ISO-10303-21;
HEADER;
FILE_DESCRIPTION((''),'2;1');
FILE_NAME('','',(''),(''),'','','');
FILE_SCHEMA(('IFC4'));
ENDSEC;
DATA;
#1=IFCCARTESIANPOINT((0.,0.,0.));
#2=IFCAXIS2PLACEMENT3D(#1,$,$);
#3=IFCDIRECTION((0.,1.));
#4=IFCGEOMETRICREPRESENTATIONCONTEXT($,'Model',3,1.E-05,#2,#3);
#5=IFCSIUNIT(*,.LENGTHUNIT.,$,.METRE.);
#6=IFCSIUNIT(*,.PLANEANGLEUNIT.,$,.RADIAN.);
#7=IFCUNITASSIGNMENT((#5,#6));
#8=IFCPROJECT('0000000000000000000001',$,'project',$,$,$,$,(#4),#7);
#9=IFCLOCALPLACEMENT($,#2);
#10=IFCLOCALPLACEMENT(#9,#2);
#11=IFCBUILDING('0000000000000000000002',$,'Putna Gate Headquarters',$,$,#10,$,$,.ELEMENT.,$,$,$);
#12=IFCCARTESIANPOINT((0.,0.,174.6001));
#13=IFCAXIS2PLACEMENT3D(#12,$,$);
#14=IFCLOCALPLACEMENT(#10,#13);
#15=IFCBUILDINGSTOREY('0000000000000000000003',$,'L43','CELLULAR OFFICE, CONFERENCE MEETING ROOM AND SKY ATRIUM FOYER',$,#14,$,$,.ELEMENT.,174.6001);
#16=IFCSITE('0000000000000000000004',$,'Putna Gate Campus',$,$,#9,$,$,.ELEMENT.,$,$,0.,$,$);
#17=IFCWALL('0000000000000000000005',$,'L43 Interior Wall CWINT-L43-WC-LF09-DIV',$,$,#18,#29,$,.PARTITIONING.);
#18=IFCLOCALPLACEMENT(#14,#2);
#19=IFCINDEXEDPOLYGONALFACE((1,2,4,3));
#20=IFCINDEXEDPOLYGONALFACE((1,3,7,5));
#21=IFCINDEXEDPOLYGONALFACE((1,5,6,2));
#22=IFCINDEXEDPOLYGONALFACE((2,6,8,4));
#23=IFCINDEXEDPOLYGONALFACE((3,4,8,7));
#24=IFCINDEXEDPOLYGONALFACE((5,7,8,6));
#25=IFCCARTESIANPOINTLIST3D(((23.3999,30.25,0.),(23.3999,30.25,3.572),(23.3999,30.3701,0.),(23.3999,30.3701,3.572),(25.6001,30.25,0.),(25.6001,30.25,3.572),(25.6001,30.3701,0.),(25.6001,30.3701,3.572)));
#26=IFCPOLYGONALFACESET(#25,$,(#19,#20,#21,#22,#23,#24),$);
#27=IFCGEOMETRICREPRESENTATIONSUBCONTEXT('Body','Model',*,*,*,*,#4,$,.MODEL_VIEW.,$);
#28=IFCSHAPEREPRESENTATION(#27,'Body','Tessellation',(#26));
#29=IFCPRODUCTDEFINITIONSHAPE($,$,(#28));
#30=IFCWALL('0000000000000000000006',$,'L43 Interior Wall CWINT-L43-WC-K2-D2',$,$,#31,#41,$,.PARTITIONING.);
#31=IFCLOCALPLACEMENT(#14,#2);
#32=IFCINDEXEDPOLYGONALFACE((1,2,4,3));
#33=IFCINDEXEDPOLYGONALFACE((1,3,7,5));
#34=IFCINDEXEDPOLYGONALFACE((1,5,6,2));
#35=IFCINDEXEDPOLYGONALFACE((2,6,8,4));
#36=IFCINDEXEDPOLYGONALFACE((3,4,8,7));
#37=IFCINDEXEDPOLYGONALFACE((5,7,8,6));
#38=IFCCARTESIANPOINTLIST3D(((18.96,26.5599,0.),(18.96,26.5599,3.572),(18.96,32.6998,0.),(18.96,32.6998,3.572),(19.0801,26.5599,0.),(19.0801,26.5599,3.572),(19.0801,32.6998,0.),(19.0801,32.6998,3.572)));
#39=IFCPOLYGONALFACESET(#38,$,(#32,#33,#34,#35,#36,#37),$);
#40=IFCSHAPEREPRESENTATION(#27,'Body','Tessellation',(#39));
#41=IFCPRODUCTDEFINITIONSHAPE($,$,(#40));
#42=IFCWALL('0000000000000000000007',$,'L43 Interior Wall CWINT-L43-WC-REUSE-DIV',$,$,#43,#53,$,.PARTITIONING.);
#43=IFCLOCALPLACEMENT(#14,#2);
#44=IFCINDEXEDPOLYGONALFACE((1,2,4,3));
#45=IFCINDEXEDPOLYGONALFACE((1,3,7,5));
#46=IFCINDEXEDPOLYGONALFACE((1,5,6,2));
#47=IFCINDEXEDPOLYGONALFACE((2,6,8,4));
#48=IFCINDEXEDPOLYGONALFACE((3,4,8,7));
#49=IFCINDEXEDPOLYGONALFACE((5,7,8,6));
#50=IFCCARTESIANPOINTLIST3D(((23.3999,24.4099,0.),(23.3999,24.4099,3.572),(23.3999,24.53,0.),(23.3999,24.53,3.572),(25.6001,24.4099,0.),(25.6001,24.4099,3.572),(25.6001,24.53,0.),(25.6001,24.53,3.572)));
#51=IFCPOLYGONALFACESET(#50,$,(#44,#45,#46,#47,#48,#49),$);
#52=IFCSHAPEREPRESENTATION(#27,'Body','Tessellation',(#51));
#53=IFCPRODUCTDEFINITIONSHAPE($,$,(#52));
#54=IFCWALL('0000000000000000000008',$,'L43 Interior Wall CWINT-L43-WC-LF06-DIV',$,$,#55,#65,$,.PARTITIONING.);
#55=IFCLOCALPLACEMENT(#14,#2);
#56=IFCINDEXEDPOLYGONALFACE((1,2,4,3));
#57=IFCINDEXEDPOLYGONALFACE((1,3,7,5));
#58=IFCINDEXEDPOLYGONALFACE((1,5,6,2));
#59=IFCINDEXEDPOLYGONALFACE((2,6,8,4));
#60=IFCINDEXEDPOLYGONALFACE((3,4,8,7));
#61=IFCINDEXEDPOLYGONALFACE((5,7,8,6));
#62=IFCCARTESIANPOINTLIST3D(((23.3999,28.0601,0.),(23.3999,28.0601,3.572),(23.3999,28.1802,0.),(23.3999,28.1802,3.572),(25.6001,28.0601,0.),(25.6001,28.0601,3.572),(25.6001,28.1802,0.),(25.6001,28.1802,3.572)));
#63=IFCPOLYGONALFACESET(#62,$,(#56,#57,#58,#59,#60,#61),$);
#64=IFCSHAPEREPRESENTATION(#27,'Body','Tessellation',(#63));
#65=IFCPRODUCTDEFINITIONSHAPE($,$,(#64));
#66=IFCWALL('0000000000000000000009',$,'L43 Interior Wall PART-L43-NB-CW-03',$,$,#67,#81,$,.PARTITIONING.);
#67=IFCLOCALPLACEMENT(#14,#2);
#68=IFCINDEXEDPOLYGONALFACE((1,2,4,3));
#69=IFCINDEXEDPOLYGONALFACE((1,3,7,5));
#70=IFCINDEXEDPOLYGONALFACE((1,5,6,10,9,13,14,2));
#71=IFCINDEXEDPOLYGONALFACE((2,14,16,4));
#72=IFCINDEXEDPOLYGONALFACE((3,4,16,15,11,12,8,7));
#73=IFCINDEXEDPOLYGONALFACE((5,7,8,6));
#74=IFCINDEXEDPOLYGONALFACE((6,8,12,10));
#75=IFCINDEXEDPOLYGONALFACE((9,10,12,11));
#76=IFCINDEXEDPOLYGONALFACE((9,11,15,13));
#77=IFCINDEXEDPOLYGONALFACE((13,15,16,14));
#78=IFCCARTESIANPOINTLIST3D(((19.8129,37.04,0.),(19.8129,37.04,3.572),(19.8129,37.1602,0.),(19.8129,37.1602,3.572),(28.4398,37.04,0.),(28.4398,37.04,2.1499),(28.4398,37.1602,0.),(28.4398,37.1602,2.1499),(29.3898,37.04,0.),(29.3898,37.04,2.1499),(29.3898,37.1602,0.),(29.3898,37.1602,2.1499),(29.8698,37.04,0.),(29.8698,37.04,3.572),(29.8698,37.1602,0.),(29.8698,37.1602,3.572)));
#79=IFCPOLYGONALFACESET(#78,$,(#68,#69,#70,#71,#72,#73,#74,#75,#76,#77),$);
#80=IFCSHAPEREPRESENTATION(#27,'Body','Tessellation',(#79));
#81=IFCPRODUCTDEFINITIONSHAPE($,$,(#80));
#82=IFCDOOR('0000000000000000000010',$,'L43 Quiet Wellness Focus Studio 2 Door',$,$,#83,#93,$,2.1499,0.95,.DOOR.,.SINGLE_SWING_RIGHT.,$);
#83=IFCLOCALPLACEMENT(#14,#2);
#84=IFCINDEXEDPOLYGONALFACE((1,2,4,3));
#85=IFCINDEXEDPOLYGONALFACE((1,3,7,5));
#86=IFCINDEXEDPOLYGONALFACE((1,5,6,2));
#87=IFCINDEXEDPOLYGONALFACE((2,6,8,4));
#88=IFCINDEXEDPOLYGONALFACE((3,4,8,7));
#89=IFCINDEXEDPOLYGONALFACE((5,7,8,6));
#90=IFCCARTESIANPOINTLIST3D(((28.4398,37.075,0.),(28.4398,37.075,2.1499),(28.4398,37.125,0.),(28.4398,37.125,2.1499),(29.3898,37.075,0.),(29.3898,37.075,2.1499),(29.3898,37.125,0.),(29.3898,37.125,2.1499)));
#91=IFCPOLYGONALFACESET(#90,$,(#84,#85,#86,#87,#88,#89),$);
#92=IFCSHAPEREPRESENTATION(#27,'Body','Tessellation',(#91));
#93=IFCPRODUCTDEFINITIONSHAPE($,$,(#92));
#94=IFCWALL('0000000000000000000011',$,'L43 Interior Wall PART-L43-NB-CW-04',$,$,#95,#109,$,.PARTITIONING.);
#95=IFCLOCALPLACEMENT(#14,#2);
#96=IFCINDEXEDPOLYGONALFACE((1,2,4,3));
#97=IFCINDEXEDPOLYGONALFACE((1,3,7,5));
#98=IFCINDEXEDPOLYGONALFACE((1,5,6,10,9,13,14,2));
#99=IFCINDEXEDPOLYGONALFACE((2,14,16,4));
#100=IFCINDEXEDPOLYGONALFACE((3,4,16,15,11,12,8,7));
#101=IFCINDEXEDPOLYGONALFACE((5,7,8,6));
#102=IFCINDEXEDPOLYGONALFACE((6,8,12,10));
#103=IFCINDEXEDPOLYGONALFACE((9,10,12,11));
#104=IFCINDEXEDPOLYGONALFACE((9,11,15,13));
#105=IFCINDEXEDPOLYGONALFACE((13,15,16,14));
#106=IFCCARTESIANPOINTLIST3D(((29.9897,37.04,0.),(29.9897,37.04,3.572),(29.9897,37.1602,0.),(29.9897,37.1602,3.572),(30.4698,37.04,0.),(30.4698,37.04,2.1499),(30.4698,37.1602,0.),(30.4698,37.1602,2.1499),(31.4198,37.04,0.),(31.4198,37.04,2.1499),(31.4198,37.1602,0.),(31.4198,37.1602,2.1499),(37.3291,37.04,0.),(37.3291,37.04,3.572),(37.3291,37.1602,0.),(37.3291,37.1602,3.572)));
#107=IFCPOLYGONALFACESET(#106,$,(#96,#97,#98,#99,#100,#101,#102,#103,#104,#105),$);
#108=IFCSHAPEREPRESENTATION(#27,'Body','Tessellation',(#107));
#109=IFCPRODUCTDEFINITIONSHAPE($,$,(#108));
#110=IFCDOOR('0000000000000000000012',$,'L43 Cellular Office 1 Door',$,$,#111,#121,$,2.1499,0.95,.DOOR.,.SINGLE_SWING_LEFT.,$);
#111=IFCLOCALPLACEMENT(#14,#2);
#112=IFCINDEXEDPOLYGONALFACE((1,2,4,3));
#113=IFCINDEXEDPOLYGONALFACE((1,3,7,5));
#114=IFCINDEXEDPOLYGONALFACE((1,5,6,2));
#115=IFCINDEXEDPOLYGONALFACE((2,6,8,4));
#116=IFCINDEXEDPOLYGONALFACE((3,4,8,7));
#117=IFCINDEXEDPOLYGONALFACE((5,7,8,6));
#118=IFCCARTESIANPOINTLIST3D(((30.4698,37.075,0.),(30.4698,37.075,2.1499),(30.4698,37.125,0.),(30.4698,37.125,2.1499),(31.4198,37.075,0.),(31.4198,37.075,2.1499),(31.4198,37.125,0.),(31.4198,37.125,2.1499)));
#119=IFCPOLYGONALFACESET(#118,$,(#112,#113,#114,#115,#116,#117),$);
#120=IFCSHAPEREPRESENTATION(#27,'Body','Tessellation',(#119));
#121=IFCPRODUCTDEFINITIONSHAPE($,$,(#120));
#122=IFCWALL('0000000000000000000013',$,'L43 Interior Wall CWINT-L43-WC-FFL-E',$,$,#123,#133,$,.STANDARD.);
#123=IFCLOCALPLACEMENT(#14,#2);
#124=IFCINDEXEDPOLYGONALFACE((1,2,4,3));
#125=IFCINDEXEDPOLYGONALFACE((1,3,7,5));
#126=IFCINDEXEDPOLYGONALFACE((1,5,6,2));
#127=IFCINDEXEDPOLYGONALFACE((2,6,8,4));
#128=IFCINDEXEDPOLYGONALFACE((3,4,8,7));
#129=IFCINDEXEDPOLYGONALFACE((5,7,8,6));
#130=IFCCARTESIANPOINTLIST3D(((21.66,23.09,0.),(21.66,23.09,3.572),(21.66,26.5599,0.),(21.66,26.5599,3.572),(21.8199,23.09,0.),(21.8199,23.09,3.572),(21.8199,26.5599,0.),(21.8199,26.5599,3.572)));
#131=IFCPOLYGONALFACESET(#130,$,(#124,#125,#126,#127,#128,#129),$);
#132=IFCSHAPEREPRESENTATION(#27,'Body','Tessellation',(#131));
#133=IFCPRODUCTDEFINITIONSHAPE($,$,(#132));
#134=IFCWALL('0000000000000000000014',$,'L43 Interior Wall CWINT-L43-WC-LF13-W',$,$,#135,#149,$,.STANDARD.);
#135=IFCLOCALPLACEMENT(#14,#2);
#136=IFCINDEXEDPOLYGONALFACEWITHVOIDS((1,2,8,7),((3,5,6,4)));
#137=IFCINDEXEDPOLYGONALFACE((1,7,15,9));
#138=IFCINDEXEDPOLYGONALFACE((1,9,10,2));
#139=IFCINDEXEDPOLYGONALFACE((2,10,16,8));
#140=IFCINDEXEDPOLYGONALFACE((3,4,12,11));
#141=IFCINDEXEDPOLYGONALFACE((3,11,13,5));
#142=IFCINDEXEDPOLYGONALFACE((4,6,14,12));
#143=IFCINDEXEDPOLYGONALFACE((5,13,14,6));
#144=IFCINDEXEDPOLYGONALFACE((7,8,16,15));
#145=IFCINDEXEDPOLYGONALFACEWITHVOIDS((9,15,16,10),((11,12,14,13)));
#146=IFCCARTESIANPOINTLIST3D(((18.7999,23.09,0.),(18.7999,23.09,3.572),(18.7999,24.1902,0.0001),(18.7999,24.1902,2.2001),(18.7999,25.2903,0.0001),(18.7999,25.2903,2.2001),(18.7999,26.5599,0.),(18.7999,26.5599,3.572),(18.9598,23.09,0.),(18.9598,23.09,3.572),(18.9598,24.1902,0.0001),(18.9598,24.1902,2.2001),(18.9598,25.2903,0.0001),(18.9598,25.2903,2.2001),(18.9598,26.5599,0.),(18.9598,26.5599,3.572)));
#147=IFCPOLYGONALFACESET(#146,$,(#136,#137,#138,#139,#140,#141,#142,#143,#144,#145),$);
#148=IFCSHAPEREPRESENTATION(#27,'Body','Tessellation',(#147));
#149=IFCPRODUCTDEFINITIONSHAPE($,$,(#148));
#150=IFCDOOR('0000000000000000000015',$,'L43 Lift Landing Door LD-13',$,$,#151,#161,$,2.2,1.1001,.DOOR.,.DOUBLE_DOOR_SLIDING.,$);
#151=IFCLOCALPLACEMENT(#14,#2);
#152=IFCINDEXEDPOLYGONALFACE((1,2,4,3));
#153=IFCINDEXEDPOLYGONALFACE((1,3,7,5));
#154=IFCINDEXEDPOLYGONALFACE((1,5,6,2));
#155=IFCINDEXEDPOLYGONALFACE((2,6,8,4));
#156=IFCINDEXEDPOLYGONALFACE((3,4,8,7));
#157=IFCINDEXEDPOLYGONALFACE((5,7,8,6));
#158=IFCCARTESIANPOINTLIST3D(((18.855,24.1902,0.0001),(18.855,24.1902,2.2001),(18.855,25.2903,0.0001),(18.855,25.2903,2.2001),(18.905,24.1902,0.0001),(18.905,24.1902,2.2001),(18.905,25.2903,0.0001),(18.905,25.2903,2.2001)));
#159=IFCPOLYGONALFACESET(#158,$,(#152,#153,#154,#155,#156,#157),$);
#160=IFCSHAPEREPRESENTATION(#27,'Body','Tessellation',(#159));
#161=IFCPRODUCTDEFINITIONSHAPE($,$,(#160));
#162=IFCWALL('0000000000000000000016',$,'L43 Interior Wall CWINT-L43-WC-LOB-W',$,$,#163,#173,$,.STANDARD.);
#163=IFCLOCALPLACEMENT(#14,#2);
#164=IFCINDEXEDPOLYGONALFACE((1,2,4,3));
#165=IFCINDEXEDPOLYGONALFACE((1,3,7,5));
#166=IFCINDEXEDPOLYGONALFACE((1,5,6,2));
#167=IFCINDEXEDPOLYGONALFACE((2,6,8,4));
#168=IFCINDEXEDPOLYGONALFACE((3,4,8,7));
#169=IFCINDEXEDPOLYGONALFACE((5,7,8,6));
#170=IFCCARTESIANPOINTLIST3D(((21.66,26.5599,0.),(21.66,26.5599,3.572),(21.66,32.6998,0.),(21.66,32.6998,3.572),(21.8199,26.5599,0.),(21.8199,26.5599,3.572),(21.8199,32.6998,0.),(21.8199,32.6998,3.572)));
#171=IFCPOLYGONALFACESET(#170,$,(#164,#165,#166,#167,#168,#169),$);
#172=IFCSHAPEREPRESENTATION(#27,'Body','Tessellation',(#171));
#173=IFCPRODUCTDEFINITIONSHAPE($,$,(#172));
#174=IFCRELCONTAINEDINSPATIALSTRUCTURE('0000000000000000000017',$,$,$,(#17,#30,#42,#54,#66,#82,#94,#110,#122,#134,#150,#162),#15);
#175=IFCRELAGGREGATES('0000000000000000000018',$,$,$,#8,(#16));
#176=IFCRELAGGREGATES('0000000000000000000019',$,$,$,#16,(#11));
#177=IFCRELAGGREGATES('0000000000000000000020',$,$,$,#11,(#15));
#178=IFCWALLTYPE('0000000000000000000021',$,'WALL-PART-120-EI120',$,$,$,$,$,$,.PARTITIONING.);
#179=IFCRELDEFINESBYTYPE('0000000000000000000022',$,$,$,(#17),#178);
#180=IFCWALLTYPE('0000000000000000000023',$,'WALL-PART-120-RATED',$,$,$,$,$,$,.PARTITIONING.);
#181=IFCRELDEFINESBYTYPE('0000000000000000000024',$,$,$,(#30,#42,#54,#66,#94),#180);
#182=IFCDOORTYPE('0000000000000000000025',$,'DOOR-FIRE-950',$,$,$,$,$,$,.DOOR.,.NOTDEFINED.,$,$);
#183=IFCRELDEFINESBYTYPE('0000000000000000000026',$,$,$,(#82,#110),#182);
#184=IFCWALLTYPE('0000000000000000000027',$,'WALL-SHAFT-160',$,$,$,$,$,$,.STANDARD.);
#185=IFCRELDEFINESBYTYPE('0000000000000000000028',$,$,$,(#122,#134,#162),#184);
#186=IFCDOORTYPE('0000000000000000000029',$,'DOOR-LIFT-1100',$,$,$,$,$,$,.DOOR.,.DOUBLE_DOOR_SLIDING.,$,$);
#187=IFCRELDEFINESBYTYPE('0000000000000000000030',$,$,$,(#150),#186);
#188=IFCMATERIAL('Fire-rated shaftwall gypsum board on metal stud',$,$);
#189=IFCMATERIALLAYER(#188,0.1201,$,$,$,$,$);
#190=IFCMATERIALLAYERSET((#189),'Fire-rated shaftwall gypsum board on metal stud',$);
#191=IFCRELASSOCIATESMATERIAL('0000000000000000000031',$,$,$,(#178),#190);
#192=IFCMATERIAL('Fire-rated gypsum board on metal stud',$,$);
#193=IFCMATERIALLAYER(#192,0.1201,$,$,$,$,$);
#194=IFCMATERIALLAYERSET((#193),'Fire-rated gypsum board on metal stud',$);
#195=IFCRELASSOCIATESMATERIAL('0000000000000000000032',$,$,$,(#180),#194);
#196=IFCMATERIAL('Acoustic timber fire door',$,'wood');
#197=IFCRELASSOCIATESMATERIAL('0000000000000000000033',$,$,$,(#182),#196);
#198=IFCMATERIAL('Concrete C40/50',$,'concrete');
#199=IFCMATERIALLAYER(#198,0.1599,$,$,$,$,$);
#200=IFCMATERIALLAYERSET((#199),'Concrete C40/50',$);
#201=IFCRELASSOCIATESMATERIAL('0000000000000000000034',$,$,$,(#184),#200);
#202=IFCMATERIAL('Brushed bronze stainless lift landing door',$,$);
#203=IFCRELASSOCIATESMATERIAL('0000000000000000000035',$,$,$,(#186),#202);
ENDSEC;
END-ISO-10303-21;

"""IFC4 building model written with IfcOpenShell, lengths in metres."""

from ifc_helpers import new_model, si_unit, direction, frame, frame_2d, origin, place, context, subcontext, project, spatial, rectangle, extrude, material, layer, layer_set, type_object, element, fill, save


model = new_model("IFC4")

# Units and contexts
model_context = context("Model", 3, precision=1e-05, world=origin(), true_north=direction((0.0, 1.0)))
body_context = subcontext(model_context, "Body", "Model", "MODEL_VIEW")
ifc_project = project(units=[si_unit("LENGTHUNIT", "METRE"), si_unit("PLANEANGLEUNIT", "RADIAN")], contexts=[model_context])

# Site, building, storey
site_placement = place(None, origin())
site = spatial("IfcSite", under=ifc_project, at=site_placement, Name="Putna Gate Campus", CompositionType="ELEMENT", RefElevation=0.0)
building_placement = place(site_placement, origin())
building = spatial("IfcBuilding", under=site, at=building_placement, Name="Putna Gate Headquarters", CompositionType="ELEMENT")
storey_placement = place(building_placement, frame((0.0, 0.0, 174.6001)))
storey = spatial("IfcBuildingStorey", under=building, at=storey_placement, Name="L43", Description="CELLULAR OFFICE, CONFERENCE MEETING ROOM AND SKY ATRIUM FOYER", CompositionType="ELEMENT", Elevation=174.6001)

# Walls
ifc_material_1 = material(Name="Fire-rated shaftwall gypsum board on metal stud")
ifc_layer_1 = layer(ifc_material_1, 0.1201)
ifc_layer_set_1 = layer_set([ifc_layer_1], Name="Fire-rated shaftwall gypsum board on metal stud")
wall_type_1 = type_object("IfcWallType", Name="WALL-PART-120-EI120", PredefinedType="PARTITIONING", material=ifc_layer_set_1)
wall_1_placement = place(storey_placement, frame((23.3999, 30.3101, 0.0), z_axis=(0.0, 0.0, 1.0), x_axis=(1.0, 0.0, 0.0)))
element("IfcWall", 1, at=wall_1_placement, inside=storey, type_object=wall_type_1, Name="L43 Interior Wall CWINT-L43-WC-LF09-DIV", PredefinedType="PARTITIONING", context=body_context, shape_type="SweptSolid", body=[
    extrude(rectangle(XDim=2.2002, YDim=0.1201, at=frame_2d((1.1001, 0.0))), origin(), (0.0, 0.0, 1.0), 3.572),
])
ifc_material_2 = material(Name="Fire-rated gypsum board on metal stud")
ifc_layer_2 = layer(ifc_material_2, 0.1201)
ifc_layer_set_2 = layer_set([ifc_layer_2], Name="Fire-rated gypsum board on metal stud")
wall_type_2 = type_object("IfcWallType", Name="WALL-PART-120-RATED", PredefinedType="PARTITIONING", material=ifc_layer_set_2)
wall_2_placement = place(storey_placement, frame((19.02, 26.5601, 0.0), z_axis=(0.0, 0.0, 1.0), x_axis=(0.0, 1.0, 0.0)))
element("IfcWall", 2, at=wall_2_placement, inside=storey, type_object=wall_type_2, Name="L43 Interior Wall CWINT-L43-WC-K2-D2", PredefinedType="PARTITIONING", context=body_context, shape_type="SweptSolid", body=[
    extrude(rectangle(XDim=6.1399, YDim=0.1201, at=frame_2d((3.0698, 0.0))), origin(), (0.0, 0.0, 1.0), 3.572),
])
for number, where, z_axis, x_axis, name in (
    (3, (23.3999, 24.47, 0.0), (0.0, 0.0, 1.0), (1.0, 0.0, 0.0), "L43 Interior Wall CWINT-L43-WC-REUSE-DIV"),
    (4, (23.3999, 28.1201, 0.0), (0.0, 0.0, 1.0), (1.0, 0.0, 0.0), "L43 Interior Wall CWINT-L43-WC-LF06-DIV"),
):
    element("IfcWall", number, at=place(storey_placement, frame(where, z_axis=z_axis, x_axis=x_axis)), inside=storey, type_object=wall_type_2, Name=name, PredefinedType="PARTITIONING", context=body_context, shape_type="SweptSolid", body=[
        extrude(rectangle(XDim=2.2002, YDim=0.1201, at=frame_2d((1.1001, 0.0))), origin(), (0.0, 0.0, 1.0), 3.572),
    ])

# Walls, openings, doors
wall_3_placement = place(storey_placement, frame((19.813, 37.1001, 0.0), z_axis=(0.0, 0.0, 1.0), x_axis=(1.0, 0.0, 0.0)))
wall_3 = element("IfcWall", 5, at=wall_3_placement, inside=storey, type_object=wall_type_2, Name="L43 Interior Wall PART-L43-NB-CW-03", PredefinedType="PARTITIONING", context=body_context, shape_type="SweptSolid", body=[
    extrude(rectangle(XDim=10.0569, YDim=0.1201, at=frame_2d((5.0283, 0.0))), origin(), (0.0, 0.0, 1.0), 3.572),
])
opening_1_placement = place(wall_3_placement, frame((8.6267, 0.0, 0.0)))
opening_1 = element("IfcOpeningElement", 6, at=opening_1_placement, cuts=wall_3, PredefinedType="OPENING", context=body_context, shape_type="SweptSolid", body=[
    extrude(rectangle(XDim=0.95, YDim=2.1499, at=frame_2d((0.4751, 1.075))), frame((0.0, 0.0701, 0.0), z_axis=(0.0, -1.0, 0.0), x_axis=(1.0, 0.0, 0.0)), (0.0, 0.0, 1.0), 0.1401),
])
ifc_material_3 = material(Name="Acoustic timber fire door", Category="wood")
door_type_1 = type_object("IfcDoorType", Name="DOOR-FIRE-950", OperationType="NOTDEFINED", PredefinedType="DOOR", material=ifc_material_3)
door_1_placement = place(opening_1_placement, origin())
door_1 = element("IfcDoor", 7, at=door_1_placement, inside=storey, type_object=door_type_1, Name="L43 Quiet Wellness Focus Studio 2 Door", OperationType="SINGLE_SWING_RIGHT", OverallHeight=2.1499, OverallWidth=0.95, PredefinedType="DOOR", context=body_context, shape_type="SweptSolid", body=[
    extrude(rectangle(XDim=0.95, YDim=2.1499, at=frame_2d((0.4751, 1.075))), frame((0.0, 0.0249, 0.0), z_axis=(0.0, -1.0, 0.0), x_axis=(1.0, 0.0, 0.0)), (0.0, 0.0, 1.0), 0.05),
])
fill(opening_1, door_1)
wall_4_placement = place(storey_placement, frame((29.9897, 37.1001, 0.0), z_axis=(0.0, 0.0, 1.0), x_axis=(1.0, 0.0, 0.0)))
wall_4 = element("IfcWall", 8, at=wall_4_placement, inside=storey, type_object=wall_type_2, Name="L43 Interior Wall PART-L43-NB-CW-04", PredefinedType="PARTITIONING", context=body_context, shape_type="SweptSolid", body=[
    extrude(rectangle(XDim=7.3394, YDim=0.1201, at=frame_2d((3.6697, 0.0))), origin(), (0.0, 0.0, 1.0), 3.572),
])
opening_2_placement = place(wall_4_placement, frame((0.48, 0.0, 0.0)))
opening_2 = element("IfcOpeningElement", 9, at=opening_2_placement, cuts=wall_4, PredefinedType="OPENING", context=body_context, shape_type="SweptSolid", body=[
    extrude(rectangle(XDim=0.95, YDim=2.1499, at=frame_2d((0.4751, 1.075))), frame((0.0, 0.0701, 0.0), z_axis=(0.0, -1.0, 0.0), x_axis=(1.0, 0.0, 0.0)), (0.0, 0.0, 1.0), 0.1401),
])
door_2_placement = place(opening_2_placement, origin())
door_2 = element("IfcDoor", 10, at=door_2_placement, inside=storey, type_object=door_type_1, Name="L43 Cellular Office 1 Door", OperationType="SINGLE_SWING_LEFT", OverallHeight=2.1499, OverallWidth=0.95, PredefinedType="DOOR", context=body_context, shape_type="SweptSolid", body=[
    extrude(rectangle(XDim=0.95, YDim=2.1499, at=frame_2d((0.4751, 1.075))), frame((0.0, 0.0249, 0.0), z_axis=(0.0, -1.0, 0.0), x_axis=(1.0, 0.0, 0.0)), (0.0, 0.0, 1.0), 0.05),
])
fill(opening_2, door_2)

# Wall
ifc_material_4 = material(Name="Concrete C40/50", Category="concrete")
ifc_layer_3 = layer(ifc_material_4, 0.1599)
ifc_layer_set_3 = layer_set([ifc_layer_3], Name="Concrete C40/50")
wall_type_3 = type_object("IfcWallType", Name="WALL-SHAFT-160", PredefinedType="STANDARD", material=ifc_layer_set_3)
wall_5_placement = place(storey_placement, frame((21.74, 23.0901, 0.0), z_axis=(0.0, 0.0, 1.0), x_axis=(0.0, 1.0, 0.0)))
element("IfcWall", 11, at=wall_5_placement, inside=storey, type_object=wall_type_3, Name="L43 Interior Wall CWINT-L43-WC-FFL-E", PredefinedType="STANDARD", context=body_context, shape_type="SweptSolid", body=[
    extrude(rectangle(XDim=3.47, YDim=0.1599, at=frame_2d((1.7349, 0.0))), origin(), (0.0, 0.0, 1.0), 3.572),
])

# Wall, opening, door
wall_6_placement = place(storey_placement, frame((18.8799, 23.0901, 0.0), z_axis=(0.0, 0.0, 1.0), x_axis=(0.0, 1.0, 0.0)))
wall_6 = element("IfcWall", 12, at=wall_6_placement, inside=storey, type_object=wall_type_3, Name="L43 Interior Wall CWINT-L43-WC-LF13-W", PredefinedType="STANDARD", context=body_context, shape_type="SweptSolid", body=[
    extrude(rectangle(XDim=3.47, YDim=0.1599, at=frame_2d((1.7349, 0.0))), origin(), (0.0, 0.0, 1.0), 3.572),
])
opening_3_placement = place(wall_6_placement, frame((1.1001, 0.0, 0.0)))
opening_3 = element("IfcOpeningElement", 13, at=opening_3_placement, cuts=wall_6, PredefinedType="OPENING", context=body_context, shape_type="SweptSolid", body=[
    extrude(rectangle(XDim=1.1001, YDim=2.2, at=frame_2d((0.55, 1.1001))), frame((0.0, 0.0898, 0.0), z_axis=(0.0, -1.0, 0.0), x_axis=(1.0, 0.0, 0.0)), (0.0, 0.0, 1.0), 0.1799),
])
ifc_material_5 = material(Name="Brushed bronze stainless lift landing door")
door_type_2 = type_object("IfcDoorType", Name="DOOR-LIFT-1100", OperationType="DOUBLE_DOOR_SLIDING", PredefinedType="DOOR", material=ifc_material_5)
door_3_placement = place(opening_3_placement, origin())
door_3 = element("IfcDoor", 14, at=door_3_placement, inside=storey, type_object=door_type_2, Name="L43 Lift Landing Door LD-13", OperationType="DOUBLE_DOOR_SLIDING", OverallHeight=2.2, OverallWidth=1.1001, PredefinedType="DOOR", context=body_context, shape_type="SweptSolid", body=[
    extrude(rectangle(XDim=1.1001, YDim=2.2, at=frame_2d((0.55, 1.1001))), frame((0.0, 0.0249, 0.0), z_axis=(0.0, -1.0, 0.0), x_axis=(1.0, 0.0, 0.0)), (0.0, 0.0, 1.0), 0.05),
])
fill(opening_3, door_3)

# Wall
wall_7_placement = place(storey_placement, frame((21.74, 26.5601, 0.0), z_axis=(0.0, 0.0, 1.0), x_axis=(0.0, 1.0, 0.0)))
element("IfcWall", 15, at=wall_7_placement, inside=storey, type_object=wall_type_3, Name="L43 Interior Wall CWINT-L43-WC-LOB-W", PredefinedType="STANDARD", context=body_context, shape_type="SweptSolid", body=[
    extrude(rectangle(XDim=6.1399, YDim=0.1599, at=frame_2d((3.0698, 0.0))), origin(), (0.0, 0.0, 1.0), 3.572),
])

save(model, "model.ifc")
